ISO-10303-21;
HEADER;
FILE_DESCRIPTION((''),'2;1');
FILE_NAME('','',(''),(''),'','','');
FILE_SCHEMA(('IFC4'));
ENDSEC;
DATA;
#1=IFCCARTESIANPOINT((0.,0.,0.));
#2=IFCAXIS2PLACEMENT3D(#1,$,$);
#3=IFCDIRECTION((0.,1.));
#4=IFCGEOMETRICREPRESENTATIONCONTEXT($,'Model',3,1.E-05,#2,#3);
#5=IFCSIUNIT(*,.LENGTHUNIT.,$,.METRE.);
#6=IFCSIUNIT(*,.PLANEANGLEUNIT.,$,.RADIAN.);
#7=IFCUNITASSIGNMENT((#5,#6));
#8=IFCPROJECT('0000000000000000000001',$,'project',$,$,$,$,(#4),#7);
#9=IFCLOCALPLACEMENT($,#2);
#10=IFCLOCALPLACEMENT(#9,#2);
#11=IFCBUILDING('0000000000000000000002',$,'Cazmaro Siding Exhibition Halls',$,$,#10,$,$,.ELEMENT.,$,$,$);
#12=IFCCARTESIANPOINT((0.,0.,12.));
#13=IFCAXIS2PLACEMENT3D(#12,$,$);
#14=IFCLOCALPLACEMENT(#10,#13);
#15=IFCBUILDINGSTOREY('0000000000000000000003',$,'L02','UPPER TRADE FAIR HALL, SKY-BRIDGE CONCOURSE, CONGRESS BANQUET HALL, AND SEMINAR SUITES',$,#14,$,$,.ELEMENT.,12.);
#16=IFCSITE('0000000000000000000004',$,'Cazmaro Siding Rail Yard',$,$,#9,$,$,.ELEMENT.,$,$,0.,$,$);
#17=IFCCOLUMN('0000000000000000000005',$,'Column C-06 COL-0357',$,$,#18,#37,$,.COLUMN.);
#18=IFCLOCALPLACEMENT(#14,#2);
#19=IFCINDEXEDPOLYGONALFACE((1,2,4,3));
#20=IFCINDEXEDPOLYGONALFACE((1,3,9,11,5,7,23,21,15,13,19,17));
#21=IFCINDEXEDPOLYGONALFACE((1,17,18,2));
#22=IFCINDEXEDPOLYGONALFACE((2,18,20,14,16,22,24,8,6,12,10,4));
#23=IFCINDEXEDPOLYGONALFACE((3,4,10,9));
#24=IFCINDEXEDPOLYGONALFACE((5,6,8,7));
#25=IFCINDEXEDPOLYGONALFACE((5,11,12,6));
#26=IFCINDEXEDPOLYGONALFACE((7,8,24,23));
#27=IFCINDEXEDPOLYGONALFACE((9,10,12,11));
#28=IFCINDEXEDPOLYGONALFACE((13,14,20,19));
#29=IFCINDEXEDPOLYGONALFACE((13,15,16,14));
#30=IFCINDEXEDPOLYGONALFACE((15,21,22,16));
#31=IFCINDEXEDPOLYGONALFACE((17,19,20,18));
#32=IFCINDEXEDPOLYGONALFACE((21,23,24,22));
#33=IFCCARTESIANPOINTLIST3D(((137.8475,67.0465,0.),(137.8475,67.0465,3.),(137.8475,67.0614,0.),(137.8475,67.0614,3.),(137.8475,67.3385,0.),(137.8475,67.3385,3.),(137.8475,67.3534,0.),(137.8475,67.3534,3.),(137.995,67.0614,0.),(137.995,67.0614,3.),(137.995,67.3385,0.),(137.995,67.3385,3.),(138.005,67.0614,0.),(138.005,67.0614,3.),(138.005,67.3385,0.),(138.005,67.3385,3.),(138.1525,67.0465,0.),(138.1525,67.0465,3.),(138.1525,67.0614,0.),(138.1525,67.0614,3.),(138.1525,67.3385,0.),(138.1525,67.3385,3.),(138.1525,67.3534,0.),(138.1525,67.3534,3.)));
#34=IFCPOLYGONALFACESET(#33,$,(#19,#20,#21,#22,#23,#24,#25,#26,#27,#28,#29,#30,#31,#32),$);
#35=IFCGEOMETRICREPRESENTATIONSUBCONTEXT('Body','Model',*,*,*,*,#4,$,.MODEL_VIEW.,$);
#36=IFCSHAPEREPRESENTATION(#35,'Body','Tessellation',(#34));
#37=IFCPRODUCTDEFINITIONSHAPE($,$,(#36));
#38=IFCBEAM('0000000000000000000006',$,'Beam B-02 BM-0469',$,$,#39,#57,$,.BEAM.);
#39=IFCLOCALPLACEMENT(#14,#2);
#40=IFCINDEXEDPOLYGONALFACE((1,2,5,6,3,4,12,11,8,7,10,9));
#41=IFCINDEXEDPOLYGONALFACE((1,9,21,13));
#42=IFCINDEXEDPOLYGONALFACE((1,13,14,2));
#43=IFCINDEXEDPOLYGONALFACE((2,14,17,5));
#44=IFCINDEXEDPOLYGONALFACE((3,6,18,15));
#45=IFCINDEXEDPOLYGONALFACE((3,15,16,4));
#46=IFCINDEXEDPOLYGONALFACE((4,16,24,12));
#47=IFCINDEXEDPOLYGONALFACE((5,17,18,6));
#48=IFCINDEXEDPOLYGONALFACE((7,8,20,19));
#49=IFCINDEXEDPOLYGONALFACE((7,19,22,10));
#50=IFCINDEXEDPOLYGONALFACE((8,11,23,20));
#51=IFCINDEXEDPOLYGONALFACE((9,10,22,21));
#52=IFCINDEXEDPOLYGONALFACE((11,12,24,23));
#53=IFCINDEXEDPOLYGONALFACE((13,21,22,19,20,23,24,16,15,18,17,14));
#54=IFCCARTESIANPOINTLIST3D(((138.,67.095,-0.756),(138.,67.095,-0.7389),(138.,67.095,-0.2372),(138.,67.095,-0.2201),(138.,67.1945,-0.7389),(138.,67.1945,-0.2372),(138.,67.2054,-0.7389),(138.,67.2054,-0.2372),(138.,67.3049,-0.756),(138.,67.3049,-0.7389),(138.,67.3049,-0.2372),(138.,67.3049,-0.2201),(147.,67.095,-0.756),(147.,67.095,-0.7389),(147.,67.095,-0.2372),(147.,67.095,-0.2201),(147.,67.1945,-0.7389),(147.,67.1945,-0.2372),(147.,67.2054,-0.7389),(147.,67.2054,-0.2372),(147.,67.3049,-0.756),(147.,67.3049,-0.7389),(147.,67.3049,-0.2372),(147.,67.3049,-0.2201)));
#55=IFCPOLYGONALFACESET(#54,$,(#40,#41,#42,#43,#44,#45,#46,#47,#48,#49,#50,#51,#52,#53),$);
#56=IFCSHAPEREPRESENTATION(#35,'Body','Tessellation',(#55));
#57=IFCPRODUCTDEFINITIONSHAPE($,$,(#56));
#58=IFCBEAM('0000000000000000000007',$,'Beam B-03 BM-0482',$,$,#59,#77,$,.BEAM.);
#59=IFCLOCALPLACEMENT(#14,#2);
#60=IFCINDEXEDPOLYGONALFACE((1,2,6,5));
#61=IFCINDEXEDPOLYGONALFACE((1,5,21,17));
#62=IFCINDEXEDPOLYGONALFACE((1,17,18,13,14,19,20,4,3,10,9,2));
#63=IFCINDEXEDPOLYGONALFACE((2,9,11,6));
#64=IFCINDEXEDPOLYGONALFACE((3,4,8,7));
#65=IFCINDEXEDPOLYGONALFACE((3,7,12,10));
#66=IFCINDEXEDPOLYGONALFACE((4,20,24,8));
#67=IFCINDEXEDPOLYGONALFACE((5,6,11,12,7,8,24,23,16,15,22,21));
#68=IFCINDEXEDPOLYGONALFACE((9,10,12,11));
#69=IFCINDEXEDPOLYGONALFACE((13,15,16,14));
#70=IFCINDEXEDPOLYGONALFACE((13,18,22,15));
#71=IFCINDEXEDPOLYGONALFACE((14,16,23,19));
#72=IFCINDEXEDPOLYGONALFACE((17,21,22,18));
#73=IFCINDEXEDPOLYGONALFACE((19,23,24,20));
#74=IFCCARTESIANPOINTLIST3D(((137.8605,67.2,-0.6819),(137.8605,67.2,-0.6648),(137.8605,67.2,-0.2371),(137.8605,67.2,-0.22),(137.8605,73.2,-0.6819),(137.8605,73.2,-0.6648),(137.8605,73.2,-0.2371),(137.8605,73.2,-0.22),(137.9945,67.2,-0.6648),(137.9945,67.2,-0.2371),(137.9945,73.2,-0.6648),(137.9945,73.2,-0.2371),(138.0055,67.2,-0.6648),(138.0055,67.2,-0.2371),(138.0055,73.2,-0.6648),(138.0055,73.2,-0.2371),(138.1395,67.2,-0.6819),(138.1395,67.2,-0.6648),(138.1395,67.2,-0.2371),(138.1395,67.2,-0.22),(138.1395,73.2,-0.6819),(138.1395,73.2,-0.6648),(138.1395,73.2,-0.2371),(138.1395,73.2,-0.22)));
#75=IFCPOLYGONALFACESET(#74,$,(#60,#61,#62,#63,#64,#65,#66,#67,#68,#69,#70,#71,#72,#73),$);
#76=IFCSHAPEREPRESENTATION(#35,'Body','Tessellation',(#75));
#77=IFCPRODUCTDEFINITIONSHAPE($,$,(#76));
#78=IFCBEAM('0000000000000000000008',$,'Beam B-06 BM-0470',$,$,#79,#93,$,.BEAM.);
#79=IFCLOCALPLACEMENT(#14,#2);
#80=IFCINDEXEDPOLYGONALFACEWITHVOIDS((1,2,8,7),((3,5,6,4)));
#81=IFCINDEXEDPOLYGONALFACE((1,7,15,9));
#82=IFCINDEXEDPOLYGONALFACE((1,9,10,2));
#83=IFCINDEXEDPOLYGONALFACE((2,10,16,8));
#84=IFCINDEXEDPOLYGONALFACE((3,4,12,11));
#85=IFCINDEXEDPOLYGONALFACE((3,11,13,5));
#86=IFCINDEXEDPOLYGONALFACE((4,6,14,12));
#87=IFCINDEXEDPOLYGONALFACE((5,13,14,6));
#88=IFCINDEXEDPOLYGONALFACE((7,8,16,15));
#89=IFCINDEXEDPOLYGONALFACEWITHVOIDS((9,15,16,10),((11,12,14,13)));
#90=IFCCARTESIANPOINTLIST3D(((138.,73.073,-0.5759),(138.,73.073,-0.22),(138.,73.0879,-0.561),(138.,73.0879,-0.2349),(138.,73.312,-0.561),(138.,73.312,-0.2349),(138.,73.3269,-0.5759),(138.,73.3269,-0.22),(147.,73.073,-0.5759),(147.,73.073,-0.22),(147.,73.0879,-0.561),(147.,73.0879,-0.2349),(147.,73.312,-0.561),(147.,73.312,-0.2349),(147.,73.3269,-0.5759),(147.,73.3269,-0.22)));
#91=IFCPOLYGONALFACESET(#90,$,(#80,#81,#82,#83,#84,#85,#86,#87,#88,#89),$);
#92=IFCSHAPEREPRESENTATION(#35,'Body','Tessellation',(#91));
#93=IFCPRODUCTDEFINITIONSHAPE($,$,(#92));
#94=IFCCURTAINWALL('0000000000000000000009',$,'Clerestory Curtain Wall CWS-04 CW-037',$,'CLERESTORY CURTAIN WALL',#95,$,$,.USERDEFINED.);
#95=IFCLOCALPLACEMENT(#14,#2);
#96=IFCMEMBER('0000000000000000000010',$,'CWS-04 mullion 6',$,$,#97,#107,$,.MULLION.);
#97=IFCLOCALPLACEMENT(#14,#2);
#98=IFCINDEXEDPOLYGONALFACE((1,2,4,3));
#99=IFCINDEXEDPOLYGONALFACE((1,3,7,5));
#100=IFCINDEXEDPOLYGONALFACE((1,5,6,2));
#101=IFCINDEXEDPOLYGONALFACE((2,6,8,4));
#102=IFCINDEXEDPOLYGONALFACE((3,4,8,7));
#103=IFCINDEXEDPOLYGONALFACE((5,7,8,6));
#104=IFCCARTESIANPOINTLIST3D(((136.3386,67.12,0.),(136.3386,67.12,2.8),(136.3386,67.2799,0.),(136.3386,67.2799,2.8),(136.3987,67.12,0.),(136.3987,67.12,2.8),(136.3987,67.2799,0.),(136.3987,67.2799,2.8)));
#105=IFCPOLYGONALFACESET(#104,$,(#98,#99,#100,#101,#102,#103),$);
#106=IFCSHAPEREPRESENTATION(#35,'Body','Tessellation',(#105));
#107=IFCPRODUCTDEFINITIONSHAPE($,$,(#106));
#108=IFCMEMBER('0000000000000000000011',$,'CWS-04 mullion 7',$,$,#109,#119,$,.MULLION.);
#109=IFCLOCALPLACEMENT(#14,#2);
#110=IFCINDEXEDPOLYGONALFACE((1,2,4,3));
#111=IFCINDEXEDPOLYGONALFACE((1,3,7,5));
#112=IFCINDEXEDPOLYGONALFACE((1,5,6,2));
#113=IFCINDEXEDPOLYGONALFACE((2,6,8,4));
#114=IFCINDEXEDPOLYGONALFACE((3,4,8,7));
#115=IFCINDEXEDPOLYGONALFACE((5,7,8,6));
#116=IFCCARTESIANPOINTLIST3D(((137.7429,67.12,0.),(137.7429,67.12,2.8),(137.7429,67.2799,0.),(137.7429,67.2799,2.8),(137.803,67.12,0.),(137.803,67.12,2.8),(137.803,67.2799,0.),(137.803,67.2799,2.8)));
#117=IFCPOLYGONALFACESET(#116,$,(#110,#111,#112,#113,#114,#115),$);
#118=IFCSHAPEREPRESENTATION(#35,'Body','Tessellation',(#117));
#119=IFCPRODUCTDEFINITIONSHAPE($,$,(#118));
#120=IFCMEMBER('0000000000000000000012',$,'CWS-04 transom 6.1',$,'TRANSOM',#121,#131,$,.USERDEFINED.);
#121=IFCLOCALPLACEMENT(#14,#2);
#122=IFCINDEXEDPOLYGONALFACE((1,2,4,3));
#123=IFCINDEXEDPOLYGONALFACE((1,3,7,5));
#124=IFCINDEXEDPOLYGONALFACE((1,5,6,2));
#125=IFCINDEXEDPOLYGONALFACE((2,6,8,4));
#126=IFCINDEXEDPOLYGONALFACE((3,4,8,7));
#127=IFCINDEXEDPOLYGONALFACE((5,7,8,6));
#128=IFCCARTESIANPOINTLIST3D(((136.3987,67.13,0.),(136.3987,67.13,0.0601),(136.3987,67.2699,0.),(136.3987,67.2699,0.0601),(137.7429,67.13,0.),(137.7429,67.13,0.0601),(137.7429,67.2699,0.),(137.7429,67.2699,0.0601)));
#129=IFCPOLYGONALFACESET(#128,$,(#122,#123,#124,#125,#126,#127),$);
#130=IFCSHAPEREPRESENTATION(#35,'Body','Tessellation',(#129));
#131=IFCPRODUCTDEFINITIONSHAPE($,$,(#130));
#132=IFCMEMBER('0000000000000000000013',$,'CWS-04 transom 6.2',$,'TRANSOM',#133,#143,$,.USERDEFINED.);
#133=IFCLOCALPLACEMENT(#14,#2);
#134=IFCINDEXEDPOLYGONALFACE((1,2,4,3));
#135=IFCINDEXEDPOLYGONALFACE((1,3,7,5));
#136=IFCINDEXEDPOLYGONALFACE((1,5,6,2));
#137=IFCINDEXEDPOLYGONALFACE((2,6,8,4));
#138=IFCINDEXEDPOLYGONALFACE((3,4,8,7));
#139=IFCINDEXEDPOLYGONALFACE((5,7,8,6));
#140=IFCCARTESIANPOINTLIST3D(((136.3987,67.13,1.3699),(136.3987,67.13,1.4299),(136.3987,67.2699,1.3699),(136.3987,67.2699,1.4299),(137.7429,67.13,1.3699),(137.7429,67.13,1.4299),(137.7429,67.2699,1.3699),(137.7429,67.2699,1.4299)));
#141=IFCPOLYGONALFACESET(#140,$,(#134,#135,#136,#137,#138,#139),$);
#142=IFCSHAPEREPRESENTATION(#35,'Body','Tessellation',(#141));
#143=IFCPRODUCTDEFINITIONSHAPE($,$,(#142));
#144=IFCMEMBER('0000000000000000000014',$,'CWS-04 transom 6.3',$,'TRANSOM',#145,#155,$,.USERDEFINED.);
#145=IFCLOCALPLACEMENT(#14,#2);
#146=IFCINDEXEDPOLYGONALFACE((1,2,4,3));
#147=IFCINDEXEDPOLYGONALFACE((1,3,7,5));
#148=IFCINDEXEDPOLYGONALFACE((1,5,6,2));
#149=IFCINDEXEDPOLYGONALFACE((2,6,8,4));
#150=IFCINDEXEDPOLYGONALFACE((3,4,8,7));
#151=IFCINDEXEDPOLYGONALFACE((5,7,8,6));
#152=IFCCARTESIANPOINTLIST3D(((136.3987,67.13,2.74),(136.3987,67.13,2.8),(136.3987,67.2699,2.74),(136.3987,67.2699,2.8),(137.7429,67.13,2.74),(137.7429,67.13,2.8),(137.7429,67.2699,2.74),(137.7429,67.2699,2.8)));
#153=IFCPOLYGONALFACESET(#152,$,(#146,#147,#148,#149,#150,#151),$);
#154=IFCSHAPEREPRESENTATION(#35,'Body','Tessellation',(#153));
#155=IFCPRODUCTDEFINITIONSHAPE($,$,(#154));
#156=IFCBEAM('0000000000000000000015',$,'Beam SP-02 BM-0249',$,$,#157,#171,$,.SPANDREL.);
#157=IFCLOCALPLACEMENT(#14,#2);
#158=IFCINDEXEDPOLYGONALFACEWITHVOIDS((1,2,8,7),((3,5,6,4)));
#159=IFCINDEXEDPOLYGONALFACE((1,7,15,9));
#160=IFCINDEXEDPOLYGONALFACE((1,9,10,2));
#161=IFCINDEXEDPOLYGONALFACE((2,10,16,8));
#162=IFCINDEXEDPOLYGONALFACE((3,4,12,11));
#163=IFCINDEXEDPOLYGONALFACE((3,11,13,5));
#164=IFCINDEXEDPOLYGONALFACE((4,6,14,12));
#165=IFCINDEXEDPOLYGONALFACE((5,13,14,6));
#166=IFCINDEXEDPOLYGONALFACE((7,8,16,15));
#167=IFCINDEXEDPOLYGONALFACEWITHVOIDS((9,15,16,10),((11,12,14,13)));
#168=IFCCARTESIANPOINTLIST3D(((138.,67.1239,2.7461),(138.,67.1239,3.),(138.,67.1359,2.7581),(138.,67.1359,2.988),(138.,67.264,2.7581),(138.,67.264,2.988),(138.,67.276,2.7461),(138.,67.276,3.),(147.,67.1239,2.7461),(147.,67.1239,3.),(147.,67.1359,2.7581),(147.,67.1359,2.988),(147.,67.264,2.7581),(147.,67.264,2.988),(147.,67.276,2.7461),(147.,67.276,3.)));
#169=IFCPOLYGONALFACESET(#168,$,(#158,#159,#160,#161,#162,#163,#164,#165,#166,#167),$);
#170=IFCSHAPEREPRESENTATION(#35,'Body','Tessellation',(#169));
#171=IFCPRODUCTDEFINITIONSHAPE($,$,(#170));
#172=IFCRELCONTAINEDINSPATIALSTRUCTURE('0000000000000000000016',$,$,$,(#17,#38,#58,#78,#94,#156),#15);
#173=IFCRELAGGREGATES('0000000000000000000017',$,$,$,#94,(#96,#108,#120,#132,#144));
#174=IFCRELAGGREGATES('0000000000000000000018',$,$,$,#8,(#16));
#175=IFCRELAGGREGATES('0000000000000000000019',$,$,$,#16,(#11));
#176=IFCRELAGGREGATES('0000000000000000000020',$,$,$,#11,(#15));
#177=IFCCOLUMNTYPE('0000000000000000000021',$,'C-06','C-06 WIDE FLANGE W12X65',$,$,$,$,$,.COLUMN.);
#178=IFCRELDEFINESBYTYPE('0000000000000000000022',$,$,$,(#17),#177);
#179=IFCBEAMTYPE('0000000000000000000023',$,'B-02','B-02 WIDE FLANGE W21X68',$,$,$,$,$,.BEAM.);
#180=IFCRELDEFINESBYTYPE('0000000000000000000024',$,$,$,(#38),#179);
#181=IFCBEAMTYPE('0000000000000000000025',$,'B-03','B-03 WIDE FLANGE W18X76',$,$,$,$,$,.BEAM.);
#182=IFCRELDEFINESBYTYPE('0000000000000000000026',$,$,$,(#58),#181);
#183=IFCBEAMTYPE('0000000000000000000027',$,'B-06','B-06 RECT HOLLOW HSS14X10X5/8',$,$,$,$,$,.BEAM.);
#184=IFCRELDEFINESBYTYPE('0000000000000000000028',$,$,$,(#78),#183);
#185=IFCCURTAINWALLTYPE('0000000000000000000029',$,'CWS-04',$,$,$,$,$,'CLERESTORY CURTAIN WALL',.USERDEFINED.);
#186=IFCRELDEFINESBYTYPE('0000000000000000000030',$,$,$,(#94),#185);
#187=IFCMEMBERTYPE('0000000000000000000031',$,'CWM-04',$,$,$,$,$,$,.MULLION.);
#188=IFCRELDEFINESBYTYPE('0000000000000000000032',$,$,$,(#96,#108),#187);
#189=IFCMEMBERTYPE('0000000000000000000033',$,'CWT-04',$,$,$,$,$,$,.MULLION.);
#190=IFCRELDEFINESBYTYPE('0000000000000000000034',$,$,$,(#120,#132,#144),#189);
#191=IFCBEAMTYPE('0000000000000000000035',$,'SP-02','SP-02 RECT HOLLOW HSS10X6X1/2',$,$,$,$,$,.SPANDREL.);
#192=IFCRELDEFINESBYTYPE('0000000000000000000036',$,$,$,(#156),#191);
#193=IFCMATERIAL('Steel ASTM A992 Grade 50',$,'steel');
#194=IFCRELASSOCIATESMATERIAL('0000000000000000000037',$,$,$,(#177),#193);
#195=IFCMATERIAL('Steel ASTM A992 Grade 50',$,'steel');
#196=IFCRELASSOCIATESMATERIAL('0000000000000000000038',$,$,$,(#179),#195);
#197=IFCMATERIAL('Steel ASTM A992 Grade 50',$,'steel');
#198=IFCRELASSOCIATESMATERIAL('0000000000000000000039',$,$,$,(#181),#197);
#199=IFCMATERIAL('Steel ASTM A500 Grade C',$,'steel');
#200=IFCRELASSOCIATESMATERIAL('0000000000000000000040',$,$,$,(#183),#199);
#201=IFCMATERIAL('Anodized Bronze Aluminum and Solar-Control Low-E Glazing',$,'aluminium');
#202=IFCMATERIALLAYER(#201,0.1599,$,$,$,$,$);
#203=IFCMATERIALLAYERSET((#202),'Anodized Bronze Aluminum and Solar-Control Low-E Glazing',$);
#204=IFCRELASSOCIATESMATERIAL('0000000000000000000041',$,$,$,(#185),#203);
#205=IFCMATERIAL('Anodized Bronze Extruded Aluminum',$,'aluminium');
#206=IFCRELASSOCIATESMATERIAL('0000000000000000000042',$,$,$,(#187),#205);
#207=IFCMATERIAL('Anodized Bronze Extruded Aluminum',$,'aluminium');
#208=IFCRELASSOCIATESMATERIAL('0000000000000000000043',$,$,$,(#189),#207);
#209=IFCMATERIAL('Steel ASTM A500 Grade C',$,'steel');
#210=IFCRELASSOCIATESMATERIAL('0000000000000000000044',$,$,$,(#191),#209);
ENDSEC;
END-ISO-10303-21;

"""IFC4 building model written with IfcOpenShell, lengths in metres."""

from ifc_helpers import new_model, si_unit, direction, frame, origin, origin_2d, place, context, subcontext, project, spatial, rectangle, hollow_rectangle, i_section, extrude, material, layer, layer_set, material_profile, profile_set, type_object, element, aggregate, save


model = new_model("IFC4")

# Units and contexts
model_context = context("Model", 3, precision=1e-05, world=origin(), true_north=direction((0.0, 1.0)))
body_context = subcontext(model_context, "Body", "Model", "MODEL_VIEW")
ifc_project = project(units=[si_unit("LENGTHUNIT", "METRE"), si_unit("PLANEANGLEUNIT", "RADIAN")], contexts=[model_context])

# Site, building, storey
site_placement = place(None, origin())
site = spatial("IfcSite", under=ifc_project, at=site_placement, Name="Cazmaro Siding Rail Yard", CompositionType="ELEMENT", RefElevation=0.0)
building_placement = place(site_placement, origin())
building = spatial("IfcBuilding", under=site, at=building_placement, Name="Cazmaro Siding Exhibition Halls", CompositionType="ELEMENT")
storey_placement = place(building_placement, frame((0.0, 0.0, 12.0)))
storey = spatial("IfcBuildingStorey", under=building, at=storey_placement, Name="L02", Description="UPPER TRADE FAIR HALL, SKY-BRIDGE CONCOURSE, CONGRESS BANQUET HALL, AND SEMINAR SUITES", CompositionType="ELEMENT", Elevation=12.0)

# Column
ifc_material_1 = material(Name="Steel ASTM A992 Grade 50", Category="steel")
ifc_material_profile_1 = material_profile(ifc_material_1, i_section(OverallWidth=0.3049, OverallDepth=0.3069, WebThickness=0.01, FlangeThickness=0.0149, at=origin_2d()), Name="W12X65")
ifc_profile_set_1 = profile_set([ifc_material_profile_1], Name="Steel ASTM A992 Grade 50")
column_type = type_object("IfcColumnType", Name="C-06", Description="C-06 WIDE FLANGE W12X65", PredefinedType="COLUMN", material=ifc_profile_set_1)
column_placement = place(storey_placement, frame((138.0, 67.2, 0.0), z_axis=(0.0, 0.0, 1.0), x_axis=(1.0, 0.0, 0.0)))
element("IfcColumn", 1, at=column_placement, inside=storey, type_object=column_type, Name="Column C-06 COL-0357", PredefinedType="COLUMN", context=body_context, shape_type="SweptSolid", body=[
    extrude(i_section(OverallWidth=0.3049, OverallDepth=0.3069, WebThickness=0.01, FlangeThickness=0.0149, at=origin_2d()), origin(), (0.0, 0.0, 1.0), 3.0),
])

# Beams
ifc_material_2 = material(Name="Steel ASTM A992 Grade 50", Category="steel")
ifc_material_profile_2 = material_profile(ifc_material_2, i_section(OverallWidth=0.21, OverallDepth=0.5359, WebThickness=0.011, FlangeThickness=0.0171, at=origin_2d()), Name="W21X68")
ifc_profile_set_2 = profile_set([ifc_material_profile_2], Name="Steel ASTM A992 Grade 50")
beam_type_1 = type_object("IfcBeamType", Name="B-02", Description="B-02 WIDE FLANGE W21X68", PredefinedType="BEAM", material=ifc_profile_set_2)
beam_1_placement = place(storey_placement, frame((138.0, 67.2, -0.488), z_axis=(1.0, 0.0, 0.0), x_axis=(0.0, 1.0, 0.0)))
element("IfcBeam", 2, at=beam_1_placement, inside=storey, type_object=beam_type_1, Name="Beam B-02 BM-0469", PredefinedType="BEAM", context=body_context, shape_type="SweptSolid", body=[
    extrude(i_section(OverallWidth=0.21, OverallDepth=0.5359, WebThickness=0.011, FlangeThickness=0.0171, at=origin_2d()), origin(), (0.0, 0.0, 1.0), 9.0),
])
ifc_material_3 = material(Name="Steel ASTM A992 Grade 50", Category="steel")
ifc_material_profile_3 = material_profile(ifc_material_3, i_section(OverallWidth=0.2791, OverallDepth=0.4619, WebThickness=0.011, FlangeThickness=0.0171, at=origin_2d()), Name="W18X76")
ifc_profile_set_3 = profile_set([ifc_material_profile_3], Name="Steel ASTM A992 Grade 50")
beam_type_2 = type_object("IfcBeamType", Name="B-03", Description="B-03 WIDE FLANGE W18X76", PredefinedType="BEAM", material=ifc_profile_set_3)
beam_2_placement = place(storey_placement, frame((138.0, 67.2, -0.4509), z_axis=(0.0, 1.0, 0.0), x_axis=(-1.0, 0.0, 0.0)))
element("IfcBeam", 3, at=beam_2_placement, inside=storey, type_object=beam_type_2, Name="Beam B-03 BM-0482", PredefinedType="BEAM", context=body_context, shape_type="SweptSolid", body=[
    extrude(i_section(OverallWidth=0.2791, OverallDepth=0.4619, WebThickness=0.011, FlangeThickness=0.0171, at=origin_2d()), origin(), (0.0, 0.0, 1.0), 6.0),
])
ifc_material_4 = material(Name="Steel ASTM A500 Grade C", Category="steel")
ifc_material_profile_4 = material_profile(ifc_material_4, hollow_rectangle(XDim=0.2539, YDim=0.356, WallThickness=0.0149, at=origin_2d()), Name="HSS14X10X5/8")
ifc_profile_set_4 = profile_set([ifc_material_profile_4], Name="Steel ASTM A500 Grade C")
beam_type_3 = type_object("IfcBeamType", Name="B-06", Description="B-06 RECT HOLLOW HSS14X10X5/8", PredefinedType="BEAM", material=ifc_profile_set_4)
beam_3_placement = place(storey_placement, frame((138.0, 73.2, -0.3979), z_axis=(1.0, 0.0, 0.0), x_axis=(0.0, 1.0, 0.0)))
element("IfcBeam", 4, at=beam_3_placement, inside=storey, type_object=beam_type_3, Name="Beam B-06 BM-0470", PredefinedType="BEAM", context=body_context, shape_type="SweptSolid", body=[
    extrude(hollow_rectangle(XDim=0.2539, YDim=0.356, WallThickness=0.0149, at=origin_2d()), origin(), (0.0, 0.0, 1.0), 9.0),
])

# Curtain wall, members
ifc_material_5 = material(Name="Anodized Bronze Aluminum and Solar-Control Low-E Glazing", Category="aluminium")
ifc_layer_1 = layer(ifc_material_5, 0.1599)
ifc_layer_set_1 = layer_set([ifc_layer_1], Name="Anodized Bronze Aluminum and Solar-Control Low-E Glazing")
curtain_wall_type = type_object("IfcCurtainWallType", Name="CWS-04", ElementType="CLERESTORY CURTAIN WALL", PredefinedType="USERDEFINED", material=ifc_layer_set_1)
curtain_wall_placement = place(storey_placement, origin())
curtain_wall = element("IfcCurtainWall", 5, at=curtain_wall_placement, inside=storey, type_object=curtain_wall_type, Name="Clerestory Curtain Wall CWS-04 CW-037", ObjectType="CLERESTORY CURTAIN WALL", PredefinedType="USERDEFINED")
ifc_material_6 = material(Name="Anodized Bronze Extruded Aluminum", Category="aluminium")
ifc_material_profile_5 = material_profile(ifc_material_6, rectangle(XDim=0.1599, YDim=0.0601, at=origin_2d()), Name="CWM-04")
ifc_profile_set_5 = profile_set([ifc_material_profile_5], Name="Anodized Bronze Extruded Aluminum")
member_type_1 = type_object("IfcMemberType", Name="CWM-04", PredefinedType="MULLION", material=ifc_profile_set_5)
member_1_placement = place(storey_placement, frame((136.3687, 67.2, 0.0), z_axis=(0.0, 0.0, 1.0), x_axis=(0.0, 1.0, 0.0)))
member_1 = element("IfcMember", 6, at=member_1_placement, type_object=member_type_1, Name="CWS-04 mullion 6", PredefinedType="MULLION", context=body_context, shape_type="SweptSolid", body=[
    extrude(rectangle(XDim=0.1599, YDim=0.0601, at=origin_2d()), origin(), (0.0, 0.0, 1.0), 2.8),
])
member_2_placement = place(storey_placement, frame((137.7729, 67.2, 0.0), z_axis=(0.0, 0.0, 1.0), x_axis=(0.0, 1.0, 0.0)))
member_2 = element("IfcMember", 7, at=member_2_placement, type_object=member_type_1, Name="CWS-04 mullion 7", PredefinedType="MULLION", context=body_context, shape_type="SweptSolid", body=[
    extrude(rectangle(XDim=0.1599, YDim=0.0601, at=origin_2d()), origin(), (0.0, 0.0, 1.0), 2.8),
])
ifc_material_7 = material(Name="Anodized Bronze Extruded Aluminum", Category="aluminium")
ifc_material_profile_6 = material_profile(ifc_material_7, rectangle(XDim=0.1399, YDim=0.0601, at=origin_2d()), Name="CWT-04")
ifc_profile_set_6 = profile_set([ifc_material_profile_6], Name="Anodized Bronze Extruded Aluminum")
member_type_2 = type_object("IfcMemberType", Name="CWT-04", PredefinedType="MULLION", material=ifc_profile_set_6)
member_3_placement = place(storey_placement, frame((136.3987, 67.2, 0.03), z_axis=(1.0, 0.0, 0.0), x_axis=(0.0, 1.0, 0.0)))
member_3 = element("IfcMember", 8, at=member_3_placement, type_object=member_type_2, Name="CWS-04 transom 6.1", ObjectType="TRANSOM", PredefinedType="USERDEFINED", context=body_context, shape_type="SweptSolid", body=[
    extrude(rectangle(XDim=0.1399, YDim=0.0601, at=origin_2d()), origin(), (0.0, 0.0, 1.0), 1.3442),
])
member_4_placement = place(storey_placement, frame((136.3987, 67.2, 1.3999), z_axis=(1.0, 0.0, 0.0), x_axis=(0.0, 1.0, 0.0)))
member_4 = element("IfcMember", 9, at=member_4_placement, type_object=member_type_2, Name="CWS-04 transom 6.2", ObjectType="TRANSOM", PredefinedType="USERDEFINED", context=body_context, shape_type="SweptSolid", body=[
    extrude(rectangle(XDim=0.1399, YDim=0.0601, at=origin_2d()), origin(), (0.0, 0.0, 1.0), 1.3442),
])
member_5_placement = place(storey_placement, frame((136.3987, 67.2, 2.77), z_axis=(1.0, 0.0, 0.0), x_axis=(0.0, 1.0, 0.0)))
member_5 = element("IfcMember", 10, at=member_5_placement, type_object=member_type_2, Name="CWS-04 transom 6.3", ObjectType="TRANSOM", PredefinedType="USERDEFINED", context=body_context, shape_type="SweptSolid", body=[
    extrude(rectangle(XDim=0.1399, YDim=0.0601, at=origin_2d()), origin(), (0.0, 0.0, 1.0), 1.3442),
])

# Beam
ifc_material_8 = material(Name="Steel ASTM A500 Grade C", Category="steel")
ifc_material_profile_7 = material_profile(ifc_material_8, hollow_rectangle(XDim=0.1521, YDim=0.2539, WallThickness=0.012, at=origin_2d()), Name="HSS10X6X1/2")
ifc_profile_set_7 = profile_set([ifc_material_profile_7], Name="Steel ASTM A500 Grade C")
beam_type_4 = type_object("IfcBeamType", Name="SP-02", Description="SP-02 RECT HOLLOW HSS10X6X1/2", PredefinedType="SPANDREL", material=ifc_profile_set_7)
beam_4_placement = place(storey_placement, frame((138.0, 67.2, 2.873), z_axis=(1.0, 0.0, 0.0), x_axis=(0.0, 1.0, 0.0)))
element("IfcBeam", 11, at=beam_4_placement, inside=storey, type_object=beam_type_4, Name="Beam SP-02 BM-0249", PredefinedType="SPANDREL", context=body_context, shape_type="SweptSolid", body=[
    extrude(hollow_rectangle(XDim=0.1521, YDim=0.2539, WallThickness=0.012, at=origin_2d()), origin(), (0.0, 0.0, 1.0), 9.0),
])

aggregate(curtain_wall, [member_1, member_2, member_3, member_4, member_5])

save(model, "model.ifc")
